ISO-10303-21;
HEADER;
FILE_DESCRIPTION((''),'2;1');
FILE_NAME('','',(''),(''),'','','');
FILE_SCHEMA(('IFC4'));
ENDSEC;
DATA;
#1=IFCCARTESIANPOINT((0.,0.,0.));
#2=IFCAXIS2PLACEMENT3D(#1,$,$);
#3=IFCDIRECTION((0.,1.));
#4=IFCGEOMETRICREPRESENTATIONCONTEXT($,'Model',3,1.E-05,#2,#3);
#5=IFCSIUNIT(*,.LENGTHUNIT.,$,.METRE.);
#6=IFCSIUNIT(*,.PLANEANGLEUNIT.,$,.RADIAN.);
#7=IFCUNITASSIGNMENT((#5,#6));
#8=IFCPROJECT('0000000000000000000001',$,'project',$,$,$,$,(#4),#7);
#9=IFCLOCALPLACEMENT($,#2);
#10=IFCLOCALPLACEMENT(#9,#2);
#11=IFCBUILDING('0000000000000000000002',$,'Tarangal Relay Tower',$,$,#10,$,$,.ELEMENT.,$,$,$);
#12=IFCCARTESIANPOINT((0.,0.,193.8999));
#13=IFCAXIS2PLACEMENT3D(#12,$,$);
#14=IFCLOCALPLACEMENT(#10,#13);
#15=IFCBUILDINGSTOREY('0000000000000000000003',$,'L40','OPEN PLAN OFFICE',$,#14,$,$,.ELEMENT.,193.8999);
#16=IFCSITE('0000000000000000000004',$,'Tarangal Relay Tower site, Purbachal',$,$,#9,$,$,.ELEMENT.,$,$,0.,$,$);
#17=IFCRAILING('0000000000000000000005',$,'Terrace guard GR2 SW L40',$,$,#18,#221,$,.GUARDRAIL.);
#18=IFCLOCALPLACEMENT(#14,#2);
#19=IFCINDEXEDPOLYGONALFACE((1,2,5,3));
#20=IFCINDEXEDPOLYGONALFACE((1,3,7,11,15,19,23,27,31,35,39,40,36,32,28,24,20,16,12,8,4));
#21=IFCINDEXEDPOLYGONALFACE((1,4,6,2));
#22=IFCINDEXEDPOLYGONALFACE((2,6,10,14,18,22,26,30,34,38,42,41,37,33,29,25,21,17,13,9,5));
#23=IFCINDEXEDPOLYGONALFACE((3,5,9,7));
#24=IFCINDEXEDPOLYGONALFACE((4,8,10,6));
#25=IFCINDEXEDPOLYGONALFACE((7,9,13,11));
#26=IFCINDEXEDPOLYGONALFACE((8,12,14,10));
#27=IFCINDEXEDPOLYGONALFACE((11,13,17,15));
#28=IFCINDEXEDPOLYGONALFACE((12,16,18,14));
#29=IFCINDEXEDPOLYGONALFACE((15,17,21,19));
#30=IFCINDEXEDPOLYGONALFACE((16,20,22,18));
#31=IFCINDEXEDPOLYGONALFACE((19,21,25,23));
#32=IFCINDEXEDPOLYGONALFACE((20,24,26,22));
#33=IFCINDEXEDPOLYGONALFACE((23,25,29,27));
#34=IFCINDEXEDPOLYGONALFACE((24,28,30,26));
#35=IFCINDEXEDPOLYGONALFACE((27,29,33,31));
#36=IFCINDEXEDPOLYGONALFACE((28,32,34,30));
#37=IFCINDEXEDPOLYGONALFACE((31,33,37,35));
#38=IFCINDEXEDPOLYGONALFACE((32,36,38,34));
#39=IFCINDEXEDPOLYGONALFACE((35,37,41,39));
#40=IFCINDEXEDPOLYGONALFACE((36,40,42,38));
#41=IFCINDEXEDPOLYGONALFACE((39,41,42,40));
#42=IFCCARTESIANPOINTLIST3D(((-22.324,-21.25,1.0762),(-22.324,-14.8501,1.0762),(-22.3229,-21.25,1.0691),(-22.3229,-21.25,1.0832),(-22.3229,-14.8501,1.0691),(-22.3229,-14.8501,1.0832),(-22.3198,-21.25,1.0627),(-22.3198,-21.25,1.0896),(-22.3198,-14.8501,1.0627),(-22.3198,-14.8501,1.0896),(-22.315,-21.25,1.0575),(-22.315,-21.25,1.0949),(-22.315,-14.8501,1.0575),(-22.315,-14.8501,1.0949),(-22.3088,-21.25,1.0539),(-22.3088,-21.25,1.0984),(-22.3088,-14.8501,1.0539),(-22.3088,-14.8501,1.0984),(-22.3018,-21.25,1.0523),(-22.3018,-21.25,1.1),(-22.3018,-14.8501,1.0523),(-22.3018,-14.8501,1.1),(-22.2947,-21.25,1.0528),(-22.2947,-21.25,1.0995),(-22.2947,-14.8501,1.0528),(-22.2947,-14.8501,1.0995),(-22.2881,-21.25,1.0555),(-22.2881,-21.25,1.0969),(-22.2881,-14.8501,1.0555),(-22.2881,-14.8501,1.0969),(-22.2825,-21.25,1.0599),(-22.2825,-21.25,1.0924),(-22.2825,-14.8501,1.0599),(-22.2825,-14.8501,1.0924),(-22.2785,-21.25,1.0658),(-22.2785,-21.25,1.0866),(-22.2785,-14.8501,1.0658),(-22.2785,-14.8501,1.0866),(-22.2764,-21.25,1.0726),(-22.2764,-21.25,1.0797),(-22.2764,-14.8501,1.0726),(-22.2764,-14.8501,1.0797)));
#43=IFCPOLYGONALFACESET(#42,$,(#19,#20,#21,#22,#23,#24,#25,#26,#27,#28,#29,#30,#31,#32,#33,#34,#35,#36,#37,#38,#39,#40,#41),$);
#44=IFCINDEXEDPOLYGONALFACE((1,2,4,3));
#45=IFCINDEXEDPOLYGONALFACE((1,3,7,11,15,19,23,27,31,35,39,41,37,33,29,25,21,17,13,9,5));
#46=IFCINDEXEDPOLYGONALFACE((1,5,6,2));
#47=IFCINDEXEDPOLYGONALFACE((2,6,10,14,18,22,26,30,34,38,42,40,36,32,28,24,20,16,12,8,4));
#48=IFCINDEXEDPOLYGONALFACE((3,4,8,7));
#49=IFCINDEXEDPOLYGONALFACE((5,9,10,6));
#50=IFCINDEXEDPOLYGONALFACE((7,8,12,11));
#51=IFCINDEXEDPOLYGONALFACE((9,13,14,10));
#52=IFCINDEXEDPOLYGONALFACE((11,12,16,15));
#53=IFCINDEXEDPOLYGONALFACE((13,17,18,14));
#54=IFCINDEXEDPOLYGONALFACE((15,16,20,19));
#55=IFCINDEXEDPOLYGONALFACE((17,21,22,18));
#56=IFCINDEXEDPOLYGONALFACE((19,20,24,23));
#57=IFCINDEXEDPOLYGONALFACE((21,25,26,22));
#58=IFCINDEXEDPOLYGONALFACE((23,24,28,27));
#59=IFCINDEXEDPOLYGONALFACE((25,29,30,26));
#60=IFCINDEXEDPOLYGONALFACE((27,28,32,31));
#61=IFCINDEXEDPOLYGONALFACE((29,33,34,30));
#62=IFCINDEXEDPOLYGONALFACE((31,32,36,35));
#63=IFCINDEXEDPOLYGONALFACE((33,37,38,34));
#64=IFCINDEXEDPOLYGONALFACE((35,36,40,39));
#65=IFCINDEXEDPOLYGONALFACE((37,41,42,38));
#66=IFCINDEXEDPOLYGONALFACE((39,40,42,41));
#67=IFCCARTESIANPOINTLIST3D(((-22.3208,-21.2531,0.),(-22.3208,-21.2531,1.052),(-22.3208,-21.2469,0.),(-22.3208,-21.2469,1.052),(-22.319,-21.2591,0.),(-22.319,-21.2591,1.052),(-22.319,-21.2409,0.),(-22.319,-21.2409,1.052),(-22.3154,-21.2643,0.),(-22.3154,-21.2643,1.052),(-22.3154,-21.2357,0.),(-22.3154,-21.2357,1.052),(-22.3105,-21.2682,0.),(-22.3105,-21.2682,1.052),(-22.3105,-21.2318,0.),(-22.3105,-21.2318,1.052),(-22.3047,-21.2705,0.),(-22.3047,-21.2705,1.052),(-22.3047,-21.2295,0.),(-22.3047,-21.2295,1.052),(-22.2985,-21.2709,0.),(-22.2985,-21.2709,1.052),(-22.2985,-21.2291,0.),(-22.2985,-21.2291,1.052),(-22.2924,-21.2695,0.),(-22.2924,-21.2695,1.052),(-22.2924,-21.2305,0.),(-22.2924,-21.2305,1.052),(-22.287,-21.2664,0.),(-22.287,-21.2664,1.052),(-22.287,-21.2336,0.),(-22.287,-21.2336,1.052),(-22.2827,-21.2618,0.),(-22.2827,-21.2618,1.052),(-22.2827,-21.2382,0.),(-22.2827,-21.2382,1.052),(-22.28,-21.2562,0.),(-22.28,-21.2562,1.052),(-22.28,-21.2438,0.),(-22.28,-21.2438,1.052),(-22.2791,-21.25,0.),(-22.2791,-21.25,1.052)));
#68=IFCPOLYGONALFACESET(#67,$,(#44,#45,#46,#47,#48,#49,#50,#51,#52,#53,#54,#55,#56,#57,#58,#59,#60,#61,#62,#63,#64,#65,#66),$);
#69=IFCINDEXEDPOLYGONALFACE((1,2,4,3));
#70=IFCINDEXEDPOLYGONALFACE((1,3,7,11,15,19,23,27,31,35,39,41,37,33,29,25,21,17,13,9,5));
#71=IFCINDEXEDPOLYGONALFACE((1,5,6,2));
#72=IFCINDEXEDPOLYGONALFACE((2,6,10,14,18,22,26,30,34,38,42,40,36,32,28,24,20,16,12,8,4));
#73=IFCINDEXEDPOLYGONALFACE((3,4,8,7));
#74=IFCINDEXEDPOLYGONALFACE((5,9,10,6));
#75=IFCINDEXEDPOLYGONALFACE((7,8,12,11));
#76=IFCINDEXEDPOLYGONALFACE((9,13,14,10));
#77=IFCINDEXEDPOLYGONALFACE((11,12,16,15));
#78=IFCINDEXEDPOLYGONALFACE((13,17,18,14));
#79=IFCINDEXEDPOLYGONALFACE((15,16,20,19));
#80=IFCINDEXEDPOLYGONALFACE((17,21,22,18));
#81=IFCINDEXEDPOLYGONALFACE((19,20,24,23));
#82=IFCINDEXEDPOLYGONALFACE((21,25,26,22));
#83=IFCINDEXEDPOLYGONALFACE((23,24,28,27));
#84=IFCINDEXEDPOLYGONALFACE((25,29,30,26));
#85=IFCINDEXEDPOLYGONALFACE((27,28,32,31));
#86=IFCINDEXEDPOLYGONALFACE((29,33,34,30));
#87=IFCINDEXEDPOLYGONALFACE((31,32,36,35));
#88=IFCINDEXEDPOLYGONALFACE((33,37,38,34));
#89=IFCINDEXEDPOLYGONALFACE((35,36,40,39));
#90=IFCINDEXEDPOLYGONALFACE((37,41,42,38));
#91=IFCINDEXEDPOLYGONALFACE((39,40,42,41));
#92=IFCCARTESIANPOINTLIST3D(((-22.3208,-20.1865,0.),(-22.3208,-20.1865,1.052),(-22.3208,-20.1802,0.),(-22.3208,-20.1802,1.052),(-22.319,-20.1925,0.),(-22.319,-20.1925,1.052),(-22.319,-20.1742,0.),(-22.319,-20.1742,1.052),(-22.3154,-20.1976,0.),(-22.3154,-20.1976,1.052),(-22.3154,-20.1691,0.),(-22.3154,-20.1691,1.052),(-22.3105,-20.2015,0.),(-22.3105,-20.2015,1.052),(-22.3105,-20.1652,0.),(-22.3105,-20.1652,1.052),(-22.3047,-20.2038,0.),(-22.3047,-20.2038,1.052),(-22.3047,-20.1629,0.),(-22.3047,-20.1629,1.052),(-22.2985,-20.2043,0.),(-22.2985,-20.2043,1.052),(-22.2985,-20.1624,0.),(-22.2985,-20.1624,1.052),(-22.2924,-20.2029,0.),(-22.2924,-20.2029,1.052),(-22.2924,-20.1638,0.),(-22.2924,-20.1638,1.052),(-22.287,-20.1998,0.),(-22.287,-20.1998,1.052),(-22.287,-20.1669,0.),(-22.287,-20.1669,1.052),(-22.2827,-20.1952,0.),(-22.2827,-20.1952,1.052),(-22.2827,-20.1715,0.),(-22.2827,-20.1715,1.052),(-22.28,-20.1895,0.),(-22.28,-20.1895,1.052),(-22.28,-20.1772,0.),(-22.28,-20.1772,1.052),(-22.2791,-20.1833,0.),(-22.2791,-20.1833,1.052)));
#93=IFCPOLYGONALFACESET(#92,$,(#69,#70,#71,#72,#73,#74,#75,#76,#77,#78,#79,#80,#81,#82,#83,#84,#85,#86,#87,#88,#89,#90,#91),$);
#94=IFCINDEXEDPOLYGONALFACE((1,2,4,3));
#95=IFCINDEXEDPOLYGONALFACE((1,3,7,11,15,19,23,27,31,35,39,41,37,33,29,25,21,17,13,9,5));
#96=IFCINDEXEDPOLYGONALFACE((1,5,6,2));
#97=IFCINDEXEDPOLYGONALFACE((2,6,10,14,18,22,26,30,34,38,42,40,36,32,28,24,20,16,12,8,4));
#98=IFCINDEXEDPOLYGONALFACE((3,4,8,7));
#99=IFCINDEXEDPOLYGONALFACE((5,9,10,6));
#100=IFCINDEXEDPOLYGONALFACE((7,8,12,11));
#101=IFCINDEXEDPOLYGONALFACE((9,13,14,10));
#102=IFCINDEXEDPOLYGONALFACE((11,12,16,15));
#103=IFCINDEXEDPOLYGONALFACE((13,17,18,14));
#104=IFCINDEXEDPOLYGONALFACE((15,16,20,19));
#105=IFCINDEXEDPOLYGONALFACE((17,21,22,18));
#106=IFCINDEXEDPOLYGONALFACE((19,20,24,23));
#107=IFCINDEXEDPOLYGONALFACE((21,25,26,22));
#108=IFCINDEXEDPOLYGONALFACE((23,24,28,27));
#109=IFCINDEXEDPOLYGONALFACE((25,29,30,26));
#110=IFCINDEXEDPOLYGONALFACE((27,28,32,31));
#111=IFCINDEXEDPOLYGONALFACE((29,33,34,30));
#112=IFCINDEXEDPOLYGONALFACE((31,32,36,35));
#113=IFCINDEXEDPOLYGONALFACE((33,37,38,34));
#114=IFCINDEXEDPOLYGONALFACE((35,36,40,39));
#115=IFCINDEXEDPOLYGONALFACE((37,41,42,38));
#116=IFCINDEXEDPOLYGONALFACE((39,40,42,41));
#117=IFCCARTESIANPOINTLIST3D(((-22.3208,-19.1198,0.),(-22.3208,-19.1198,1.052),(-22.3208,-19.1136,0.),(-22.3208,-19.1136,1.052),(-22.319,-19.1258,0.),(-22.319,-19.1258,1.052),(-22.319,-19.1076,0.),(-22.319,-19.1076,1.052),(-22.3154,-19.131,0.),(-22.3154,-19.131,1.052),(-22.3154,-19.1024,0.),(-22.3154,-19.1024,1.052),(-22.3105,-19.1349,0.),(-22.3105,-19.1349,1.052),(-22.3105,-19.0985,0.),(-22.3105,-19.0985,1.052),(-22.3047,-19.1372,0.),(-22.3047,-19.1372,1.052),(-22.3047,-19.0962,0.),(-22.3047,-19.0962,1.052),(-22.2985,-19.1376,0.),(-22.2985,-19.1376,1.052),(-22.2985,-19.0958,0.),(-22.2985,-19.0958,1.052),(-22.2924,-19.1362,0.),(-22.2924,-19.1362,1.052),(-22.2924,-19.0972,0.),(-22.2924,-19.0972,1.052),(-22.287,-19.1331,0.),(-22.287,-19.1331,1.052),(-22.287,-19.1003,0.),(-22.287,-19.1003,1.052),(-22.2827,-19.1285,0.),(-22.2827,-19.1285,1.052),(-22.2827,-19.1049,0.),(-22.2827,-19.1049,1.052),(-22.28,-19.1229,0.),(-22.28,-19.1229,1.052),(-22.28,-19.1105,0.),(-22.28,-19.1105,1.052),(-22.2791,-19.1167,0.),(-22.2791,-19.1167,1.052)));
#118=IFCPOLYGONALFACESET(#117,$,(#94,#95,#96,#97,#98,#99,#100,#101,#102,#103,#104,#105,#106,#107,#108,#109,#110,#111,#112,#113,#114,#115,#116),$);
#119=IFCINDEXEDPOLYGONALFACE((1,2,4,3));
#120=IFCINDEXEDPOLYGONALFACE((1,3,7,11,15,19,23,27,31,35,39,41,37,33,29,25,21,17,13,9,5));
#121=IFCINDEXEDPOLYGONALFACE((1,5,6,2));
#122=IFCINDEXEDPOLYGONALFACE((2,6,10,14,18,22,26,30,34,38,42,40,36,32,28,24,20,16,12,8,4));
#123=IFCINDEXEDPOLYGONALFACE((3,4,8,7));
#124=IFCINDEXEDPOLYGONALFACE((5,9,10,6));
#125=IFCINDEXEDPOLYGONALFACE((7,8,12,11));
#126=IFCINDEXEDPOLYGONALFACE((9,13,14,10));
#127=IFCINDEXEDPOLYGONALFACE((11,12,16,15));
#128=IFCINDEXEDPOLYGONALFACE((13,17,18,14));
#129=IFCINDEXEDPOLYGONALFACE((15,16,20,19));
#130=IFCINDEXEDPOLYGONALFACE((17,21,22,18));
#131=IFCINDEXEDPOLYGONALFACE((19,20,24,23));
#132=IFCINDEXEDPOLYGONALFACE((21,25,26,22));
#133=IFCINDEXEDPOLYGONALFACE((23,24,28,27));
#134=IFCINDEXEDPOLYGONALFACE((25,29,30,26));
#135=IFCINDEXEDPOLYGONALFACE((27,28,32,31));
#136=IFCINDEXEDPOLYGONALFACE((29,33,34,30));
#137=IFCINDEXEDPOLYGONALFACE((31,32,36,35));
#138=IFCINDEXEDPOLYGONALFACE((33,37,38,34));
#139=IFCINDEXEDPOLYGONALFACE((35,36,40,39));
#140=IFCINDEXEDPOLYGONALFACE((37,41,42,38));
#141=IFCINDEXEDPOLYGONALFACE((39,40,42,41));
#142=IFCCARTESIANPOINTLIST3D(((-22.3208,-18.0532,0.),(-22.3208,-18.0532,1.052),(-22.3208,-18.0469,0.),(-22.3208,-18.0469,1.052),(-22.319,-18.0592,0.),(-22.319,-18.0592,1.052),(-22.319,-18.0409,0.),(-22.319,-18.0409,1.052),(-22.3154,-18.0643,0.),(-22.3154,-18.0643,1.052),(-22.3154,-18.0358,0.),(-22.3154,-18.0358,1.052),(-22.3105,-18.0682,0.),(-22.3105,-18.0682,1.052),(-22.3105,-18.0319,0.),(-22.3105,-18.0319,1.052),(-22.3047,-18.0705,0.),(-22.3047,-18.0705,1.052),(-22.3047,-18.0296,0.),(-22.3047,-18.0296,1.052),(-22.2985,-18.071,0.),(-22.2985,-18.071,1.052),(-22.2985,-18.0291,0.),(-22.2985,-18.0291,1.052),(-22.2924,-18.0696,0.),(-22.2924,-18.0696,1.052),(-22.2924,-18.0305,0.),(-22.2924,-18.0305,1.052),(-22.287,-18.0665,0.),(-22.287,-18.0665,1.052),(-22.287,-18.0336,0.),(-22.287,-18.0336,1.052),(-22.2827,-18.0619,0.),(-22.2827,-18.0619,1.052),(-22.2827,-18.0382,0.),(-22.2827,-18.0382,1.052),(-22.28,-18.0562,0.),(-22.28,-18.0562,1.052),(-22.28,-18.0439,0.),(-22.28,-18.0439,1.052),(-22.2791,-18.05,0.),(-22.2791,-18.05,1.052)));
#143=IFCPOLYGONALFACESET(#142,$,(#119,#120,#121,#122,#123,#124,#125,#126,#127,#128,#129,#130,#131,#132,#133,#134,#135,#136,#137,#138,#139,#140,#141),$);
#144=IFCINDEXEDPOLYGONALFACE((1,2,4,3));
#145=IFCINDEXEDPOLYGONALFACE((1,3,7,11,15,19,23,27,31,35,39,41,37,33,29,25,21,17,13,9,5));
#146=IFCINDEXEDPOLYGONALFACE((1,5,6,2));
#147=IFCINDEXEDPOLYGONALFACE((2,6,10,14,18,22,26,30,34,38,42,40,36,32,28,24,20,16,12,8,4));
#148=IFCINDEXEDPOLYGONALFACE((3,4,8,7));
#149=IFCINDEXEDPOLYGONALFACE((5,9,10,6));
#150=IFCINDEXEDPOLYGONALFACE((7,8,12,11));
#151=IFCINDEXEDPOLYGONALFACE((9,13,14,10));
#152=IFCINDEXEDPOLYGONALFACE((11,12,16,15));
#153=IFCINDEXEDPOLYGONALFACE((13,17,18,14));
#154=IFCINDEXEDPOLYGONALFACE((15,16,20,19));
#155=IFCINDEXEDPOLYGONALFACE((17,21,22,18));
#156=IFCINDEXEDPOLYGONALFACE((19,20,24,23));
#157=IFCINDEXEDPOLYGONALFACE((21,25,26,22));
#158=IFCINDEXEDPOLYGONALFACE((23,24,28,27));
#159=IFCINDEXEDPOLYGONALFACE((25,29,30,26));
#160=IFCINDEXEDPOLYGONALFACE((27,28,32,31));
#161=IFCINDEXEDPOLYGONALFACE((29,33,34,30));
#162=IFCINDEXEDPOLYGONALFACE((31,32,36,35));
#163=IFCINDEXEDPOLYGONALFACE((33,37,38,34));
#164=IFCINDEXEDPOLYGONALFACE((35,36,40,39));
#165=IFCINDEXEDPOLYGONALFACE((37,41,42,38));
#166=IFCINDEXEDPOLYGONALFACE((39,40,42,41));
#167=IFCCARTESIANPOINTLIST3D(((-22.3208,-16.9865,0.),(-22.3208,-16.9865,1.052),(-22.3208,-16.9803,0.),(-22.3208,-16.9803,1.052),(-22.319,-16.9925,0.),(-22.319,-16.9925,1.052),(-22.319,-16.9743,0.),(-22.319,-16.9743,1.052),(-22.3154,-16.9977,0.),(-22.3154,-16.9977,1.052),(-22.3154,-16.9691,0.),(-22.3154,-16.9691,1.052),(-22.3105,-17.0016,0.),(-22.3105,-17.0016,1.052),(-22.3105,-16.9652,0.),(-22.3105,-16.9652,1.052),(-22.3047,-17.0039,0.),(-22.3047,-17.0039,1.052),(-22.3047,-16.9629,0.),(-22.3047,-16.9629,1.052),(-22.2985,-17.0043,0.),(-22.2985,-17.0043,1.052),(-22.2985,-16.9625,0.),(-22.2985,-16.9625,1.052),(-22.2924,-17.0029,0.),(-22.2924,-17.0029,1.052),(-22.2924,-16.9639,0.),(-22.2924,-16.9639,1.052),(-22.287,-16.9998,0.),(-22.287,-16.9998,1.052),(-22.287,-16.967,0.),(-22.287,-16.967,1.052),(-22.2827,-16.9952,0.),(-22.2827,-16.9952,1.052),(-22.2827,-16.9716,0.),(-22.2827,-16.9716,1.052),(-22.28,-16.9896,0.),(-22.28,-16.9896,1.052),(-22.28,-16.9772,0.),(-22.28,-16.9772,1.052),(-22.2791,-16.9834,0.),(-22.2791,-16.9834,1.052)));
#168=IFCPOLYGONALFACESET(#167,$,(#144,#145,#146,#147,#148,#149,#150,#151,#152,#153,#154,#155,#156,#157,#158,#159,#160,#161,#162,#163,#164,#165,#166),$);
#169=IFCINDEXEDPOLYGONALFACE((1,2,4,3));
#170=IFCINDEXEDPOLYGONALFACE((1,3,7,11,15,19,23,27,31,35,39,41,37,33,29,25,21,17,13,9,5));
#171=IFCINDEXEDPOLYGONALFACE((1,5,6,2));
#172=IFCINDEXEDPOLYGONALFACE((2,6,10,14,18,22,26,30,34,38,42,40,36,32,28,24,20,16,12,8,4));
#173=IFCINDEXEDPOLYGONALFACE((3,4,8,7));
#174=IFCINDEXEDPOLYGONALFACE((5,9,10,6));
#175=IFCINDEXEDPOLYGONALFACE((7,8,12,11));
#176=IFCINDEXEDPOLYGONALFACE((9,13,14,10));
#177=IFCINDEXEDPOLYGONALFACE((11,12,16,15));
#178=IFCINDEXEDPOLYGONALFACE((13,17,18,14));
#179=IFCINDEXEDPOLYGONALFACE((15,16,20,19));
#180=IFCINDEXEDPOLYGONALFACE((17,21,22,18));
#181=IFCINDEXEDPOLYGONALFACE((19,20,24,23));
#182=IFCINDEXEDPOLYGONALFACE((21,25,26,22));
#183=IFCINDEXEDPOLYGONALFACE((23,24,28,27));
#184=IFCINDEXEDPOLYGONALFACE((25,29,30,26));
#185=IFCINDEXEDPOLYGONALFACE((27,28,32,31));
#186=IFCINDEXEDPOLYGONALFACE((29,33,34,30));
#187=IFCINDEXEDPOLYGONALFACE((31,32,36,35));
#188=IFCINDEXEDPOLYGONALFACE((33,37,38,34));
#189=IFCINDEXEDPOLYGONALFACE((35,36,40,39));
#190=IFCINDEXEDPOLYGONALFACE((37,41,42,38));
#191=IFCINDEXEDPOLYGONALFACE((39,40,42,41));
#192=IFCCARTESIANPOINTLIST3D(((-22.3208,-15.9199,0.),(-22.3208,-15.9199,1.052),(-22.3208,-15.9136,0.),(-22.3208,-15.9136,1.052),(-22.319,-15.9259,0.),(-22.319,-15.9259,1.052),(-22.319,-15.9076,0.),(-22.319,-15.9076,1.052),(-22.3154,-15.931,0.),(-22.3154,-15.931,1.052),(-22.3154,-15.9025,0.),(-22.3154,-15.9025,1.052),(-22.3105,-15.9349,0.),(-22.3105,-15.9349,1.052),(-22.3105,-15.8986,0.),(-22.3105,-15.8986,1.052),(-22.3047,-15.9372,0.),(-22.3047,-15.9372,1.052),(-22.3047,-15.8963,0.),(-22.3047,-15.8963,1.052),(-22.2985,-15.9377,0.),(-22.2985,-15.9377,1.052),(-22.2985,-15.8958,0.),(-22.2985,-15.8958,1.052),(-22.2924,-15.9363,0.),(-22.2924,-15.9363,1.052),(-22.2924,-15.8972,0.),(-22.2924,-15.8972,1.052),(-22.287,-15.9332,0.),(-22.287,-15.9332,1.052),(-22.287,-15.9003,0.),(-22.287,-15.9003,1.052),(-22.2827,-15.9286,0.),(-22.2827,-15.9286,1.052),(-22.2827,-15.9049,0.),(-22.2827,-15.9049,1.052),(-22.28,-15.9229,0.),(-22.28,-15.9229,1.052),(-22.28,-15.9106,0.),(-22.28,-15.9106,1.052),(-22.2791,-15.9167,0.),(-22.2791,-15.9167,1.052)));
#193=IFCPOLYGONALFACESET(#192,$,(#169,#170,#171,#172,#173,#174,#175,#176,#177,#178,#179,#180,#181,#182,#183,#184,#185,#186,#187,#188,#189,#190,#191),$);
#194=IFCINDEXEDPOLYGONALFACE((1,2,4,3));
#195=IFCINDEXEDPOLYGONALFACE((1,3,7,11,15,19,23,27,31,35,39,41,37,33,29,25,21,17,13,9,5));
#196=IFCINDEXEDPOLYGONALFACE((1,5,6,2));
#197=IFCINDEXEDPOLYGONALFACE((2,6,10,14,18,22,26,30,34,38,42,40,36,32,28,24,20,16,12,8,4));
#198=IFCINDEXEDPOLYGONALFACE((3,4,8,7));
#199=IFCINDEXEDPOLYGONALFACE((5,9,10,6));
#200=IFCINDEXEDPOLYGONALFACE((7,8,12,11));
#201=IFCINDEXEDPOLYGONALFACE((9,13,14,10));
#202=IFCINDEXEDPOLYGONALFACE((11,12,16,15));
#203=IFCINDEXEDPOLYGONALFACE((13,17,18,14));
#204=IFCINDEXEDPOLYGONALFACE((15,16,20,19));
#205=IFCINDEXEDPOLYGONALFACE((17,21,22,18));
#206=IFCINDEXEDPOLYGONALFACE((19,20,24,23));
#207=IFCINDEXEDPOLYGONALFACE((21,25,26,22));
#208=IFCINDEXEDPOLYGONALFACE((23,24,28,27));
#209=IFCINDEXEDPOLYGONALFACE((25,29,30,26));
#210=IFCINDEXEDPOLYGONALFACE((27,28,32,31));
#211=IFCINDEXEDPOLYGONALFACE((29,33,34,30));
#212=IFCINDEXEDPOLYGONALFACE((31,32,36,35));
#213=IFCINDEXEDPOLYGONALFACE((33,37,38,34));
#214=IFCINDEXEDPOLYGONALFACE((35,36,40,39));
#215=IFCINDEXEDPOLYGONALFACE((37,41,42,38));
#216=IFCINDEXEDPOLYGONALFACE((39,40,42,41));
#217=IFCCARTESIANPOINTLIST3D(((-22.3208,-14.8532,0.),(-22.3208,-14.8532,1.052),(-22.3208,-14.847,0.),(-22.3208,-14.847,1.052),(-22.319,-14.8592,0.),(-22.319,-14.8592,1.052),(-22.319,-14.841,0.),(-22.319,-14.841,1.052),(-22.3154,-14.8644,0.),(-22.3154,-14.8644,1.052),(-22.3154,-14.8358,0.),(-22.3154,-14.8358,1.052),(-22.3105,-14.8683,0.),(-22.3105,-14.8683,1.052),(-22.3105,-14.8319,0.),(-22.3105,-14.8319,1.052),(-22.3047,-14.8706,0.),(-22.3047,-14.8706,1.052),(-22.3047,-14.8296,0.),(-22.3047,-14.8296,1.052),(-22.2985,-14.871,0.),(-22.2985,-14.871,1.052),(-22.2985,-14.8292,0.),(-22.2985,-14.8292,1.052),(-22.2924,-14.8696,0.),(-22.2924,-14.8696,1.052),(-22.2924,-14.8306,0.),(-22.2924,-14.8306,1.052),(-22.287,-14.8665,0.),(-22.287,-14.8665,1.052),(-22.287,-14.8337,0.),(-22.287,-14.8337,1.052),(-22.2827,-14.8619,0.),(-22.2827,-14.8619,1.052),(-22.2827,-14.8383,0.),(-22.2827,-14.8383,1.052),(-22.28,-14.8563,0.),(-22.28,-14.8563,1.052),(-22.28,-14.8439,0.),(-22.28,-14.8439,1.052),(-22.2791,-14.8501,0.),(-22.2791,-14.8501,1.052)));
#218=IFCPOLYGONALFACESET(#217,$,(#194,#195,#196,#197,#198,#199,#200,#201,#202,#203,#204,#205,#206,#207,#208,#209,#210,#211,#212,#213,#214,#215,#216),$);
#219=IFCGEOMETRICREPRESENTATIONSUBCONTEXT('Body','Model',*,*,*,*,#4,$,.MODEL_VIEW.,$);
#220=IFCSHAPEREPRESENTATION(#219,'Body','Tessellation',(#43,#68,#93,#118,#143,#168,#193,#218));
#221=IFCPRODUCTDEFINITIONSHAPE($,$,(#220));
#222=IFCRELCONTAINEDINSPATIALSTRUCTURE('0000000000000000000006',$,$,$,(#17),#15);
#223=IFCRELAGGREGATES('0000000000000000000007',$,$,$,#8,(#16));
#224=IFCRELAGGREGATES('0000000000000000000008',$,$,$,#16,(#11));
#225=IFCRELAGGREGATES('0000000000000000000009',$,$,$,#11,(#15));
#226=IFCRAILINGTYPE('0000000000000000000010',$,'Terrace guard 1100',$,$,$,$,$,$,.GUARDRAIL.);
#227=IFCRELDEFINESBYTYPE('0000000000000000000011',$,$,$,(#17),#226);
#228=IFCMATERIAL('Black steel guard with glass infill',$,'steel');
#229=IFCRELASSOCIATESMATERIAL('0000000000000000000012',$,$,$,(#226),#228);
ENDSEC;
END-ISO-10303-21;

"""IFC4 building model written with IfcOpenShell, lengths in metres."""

from ifc_helpers import new_model, si_unit, direction, frame, origin, origin_2d, place, context, subcontext, project, spatial, circle, extrude, material, type_object, element, save


model = new_model("IFC4")

# Units and contexts
model_context = context("Model", 3, precision=1e-05, world=origin(), true_north=direction((0.0, 1.0)))
body_context = subcontext(model_context, "Body", "Model", "MODEL_VIEW")
ifc_project = project(units=[si_unit("LENGTHUNIT", "METRE"), si_unit("PLANEANGLEUNIT", "RADIAN")], contexts=[model_context])

# Site, building, storey
site_placement = place(None, origin())
site = spatial("IfcSite", under=ifc_project, at=site_placement, Name="Tarangal Relay Tower site, Purbachal", CompositionType="ELEMENT", RefElevation=0.0)
building_placement = place(site_placement, origin())
building = spatial("IfcBuilding", under=site, at=building_placement, Name="Tarangal Relay Tower", CompositionType="ELEMENT")
storey_placement = place(building_placement, frame((0.0, 0.0, 193.8999)))
storey = spatial("IfcBuildingStorey", under=building, at=storey_placement, Name="L40", Description="OPEN PLAN OFFICE", CompositionType="ELEMENT", Elevation=193.8999)

# Railing
ifc_material_1 = material(Name="Black steel guard with glass infill", Category="steel")
railing_type = type_object("IfcRailingType", Name="Terrace guard 1100", PredefinedType="GUARDRAIL", material=ifc_material_1)
railing_1_placement = place(storey_placement, frame((-22.3, -21.25, 0.0)))
element("IfcRailing", 1, at=railing_1_placement, inside=storey, type_object=railing_type, Name="Terrace guard GR2 SW L40", PredefinedType="GUARDRAIL", context=body_context, shape_type="SweptSolid", body=[
    extrude(circle(Radius=0.0239, at=origin_2d()), frame((0.0, 0.0, 1.0762), z_axis=(0.0, 1.0, 0.0), x_axis=(-1.0, 0.0, 0.0)), (0.0, 0.0, 1.0), 6.3999),
    extrude(circle(Radius=0.021, at=origin_2d()), origin(), (0.0, 0.0, 1.0), 1.052),
    extrude(circle(Radius=0.021, at=origin_2d()), frame((0.0, 1.0667, 0.0)), (0.0, 0.0, 1.0), 1.052),
    extrude(circle(Radius=0.021, at=origin_2d()), frame((0.0, 2.1333, 0.0)), (0.0, 0.0, 1.0), 1.052),
    extrude(circle(Radius=0.021, at=origin_2d()), frame((0.0, 3.2, 0.0)), (0.0, 0.0, 1.0), 1.052),
    extrude(circle(Radius=0.021, at=origin_2d()), frame((0.0, 4.2666, 0.0)), (0.0, 0.0, 1.0), 1.052),
    extrude(circle(Radius=0.021, at=origin_2d()), frame((0.0, 5.3333, 0.0)), (0.0, 0.0, 1.0), 1.052),
    extrude(circle(Radius=0.021, at=origin_2d()), frame((0.0, 6.3999, 0.0)), (0.0, 0.0, 1.0), 1.052),
])

save(model, "model.ifc")
